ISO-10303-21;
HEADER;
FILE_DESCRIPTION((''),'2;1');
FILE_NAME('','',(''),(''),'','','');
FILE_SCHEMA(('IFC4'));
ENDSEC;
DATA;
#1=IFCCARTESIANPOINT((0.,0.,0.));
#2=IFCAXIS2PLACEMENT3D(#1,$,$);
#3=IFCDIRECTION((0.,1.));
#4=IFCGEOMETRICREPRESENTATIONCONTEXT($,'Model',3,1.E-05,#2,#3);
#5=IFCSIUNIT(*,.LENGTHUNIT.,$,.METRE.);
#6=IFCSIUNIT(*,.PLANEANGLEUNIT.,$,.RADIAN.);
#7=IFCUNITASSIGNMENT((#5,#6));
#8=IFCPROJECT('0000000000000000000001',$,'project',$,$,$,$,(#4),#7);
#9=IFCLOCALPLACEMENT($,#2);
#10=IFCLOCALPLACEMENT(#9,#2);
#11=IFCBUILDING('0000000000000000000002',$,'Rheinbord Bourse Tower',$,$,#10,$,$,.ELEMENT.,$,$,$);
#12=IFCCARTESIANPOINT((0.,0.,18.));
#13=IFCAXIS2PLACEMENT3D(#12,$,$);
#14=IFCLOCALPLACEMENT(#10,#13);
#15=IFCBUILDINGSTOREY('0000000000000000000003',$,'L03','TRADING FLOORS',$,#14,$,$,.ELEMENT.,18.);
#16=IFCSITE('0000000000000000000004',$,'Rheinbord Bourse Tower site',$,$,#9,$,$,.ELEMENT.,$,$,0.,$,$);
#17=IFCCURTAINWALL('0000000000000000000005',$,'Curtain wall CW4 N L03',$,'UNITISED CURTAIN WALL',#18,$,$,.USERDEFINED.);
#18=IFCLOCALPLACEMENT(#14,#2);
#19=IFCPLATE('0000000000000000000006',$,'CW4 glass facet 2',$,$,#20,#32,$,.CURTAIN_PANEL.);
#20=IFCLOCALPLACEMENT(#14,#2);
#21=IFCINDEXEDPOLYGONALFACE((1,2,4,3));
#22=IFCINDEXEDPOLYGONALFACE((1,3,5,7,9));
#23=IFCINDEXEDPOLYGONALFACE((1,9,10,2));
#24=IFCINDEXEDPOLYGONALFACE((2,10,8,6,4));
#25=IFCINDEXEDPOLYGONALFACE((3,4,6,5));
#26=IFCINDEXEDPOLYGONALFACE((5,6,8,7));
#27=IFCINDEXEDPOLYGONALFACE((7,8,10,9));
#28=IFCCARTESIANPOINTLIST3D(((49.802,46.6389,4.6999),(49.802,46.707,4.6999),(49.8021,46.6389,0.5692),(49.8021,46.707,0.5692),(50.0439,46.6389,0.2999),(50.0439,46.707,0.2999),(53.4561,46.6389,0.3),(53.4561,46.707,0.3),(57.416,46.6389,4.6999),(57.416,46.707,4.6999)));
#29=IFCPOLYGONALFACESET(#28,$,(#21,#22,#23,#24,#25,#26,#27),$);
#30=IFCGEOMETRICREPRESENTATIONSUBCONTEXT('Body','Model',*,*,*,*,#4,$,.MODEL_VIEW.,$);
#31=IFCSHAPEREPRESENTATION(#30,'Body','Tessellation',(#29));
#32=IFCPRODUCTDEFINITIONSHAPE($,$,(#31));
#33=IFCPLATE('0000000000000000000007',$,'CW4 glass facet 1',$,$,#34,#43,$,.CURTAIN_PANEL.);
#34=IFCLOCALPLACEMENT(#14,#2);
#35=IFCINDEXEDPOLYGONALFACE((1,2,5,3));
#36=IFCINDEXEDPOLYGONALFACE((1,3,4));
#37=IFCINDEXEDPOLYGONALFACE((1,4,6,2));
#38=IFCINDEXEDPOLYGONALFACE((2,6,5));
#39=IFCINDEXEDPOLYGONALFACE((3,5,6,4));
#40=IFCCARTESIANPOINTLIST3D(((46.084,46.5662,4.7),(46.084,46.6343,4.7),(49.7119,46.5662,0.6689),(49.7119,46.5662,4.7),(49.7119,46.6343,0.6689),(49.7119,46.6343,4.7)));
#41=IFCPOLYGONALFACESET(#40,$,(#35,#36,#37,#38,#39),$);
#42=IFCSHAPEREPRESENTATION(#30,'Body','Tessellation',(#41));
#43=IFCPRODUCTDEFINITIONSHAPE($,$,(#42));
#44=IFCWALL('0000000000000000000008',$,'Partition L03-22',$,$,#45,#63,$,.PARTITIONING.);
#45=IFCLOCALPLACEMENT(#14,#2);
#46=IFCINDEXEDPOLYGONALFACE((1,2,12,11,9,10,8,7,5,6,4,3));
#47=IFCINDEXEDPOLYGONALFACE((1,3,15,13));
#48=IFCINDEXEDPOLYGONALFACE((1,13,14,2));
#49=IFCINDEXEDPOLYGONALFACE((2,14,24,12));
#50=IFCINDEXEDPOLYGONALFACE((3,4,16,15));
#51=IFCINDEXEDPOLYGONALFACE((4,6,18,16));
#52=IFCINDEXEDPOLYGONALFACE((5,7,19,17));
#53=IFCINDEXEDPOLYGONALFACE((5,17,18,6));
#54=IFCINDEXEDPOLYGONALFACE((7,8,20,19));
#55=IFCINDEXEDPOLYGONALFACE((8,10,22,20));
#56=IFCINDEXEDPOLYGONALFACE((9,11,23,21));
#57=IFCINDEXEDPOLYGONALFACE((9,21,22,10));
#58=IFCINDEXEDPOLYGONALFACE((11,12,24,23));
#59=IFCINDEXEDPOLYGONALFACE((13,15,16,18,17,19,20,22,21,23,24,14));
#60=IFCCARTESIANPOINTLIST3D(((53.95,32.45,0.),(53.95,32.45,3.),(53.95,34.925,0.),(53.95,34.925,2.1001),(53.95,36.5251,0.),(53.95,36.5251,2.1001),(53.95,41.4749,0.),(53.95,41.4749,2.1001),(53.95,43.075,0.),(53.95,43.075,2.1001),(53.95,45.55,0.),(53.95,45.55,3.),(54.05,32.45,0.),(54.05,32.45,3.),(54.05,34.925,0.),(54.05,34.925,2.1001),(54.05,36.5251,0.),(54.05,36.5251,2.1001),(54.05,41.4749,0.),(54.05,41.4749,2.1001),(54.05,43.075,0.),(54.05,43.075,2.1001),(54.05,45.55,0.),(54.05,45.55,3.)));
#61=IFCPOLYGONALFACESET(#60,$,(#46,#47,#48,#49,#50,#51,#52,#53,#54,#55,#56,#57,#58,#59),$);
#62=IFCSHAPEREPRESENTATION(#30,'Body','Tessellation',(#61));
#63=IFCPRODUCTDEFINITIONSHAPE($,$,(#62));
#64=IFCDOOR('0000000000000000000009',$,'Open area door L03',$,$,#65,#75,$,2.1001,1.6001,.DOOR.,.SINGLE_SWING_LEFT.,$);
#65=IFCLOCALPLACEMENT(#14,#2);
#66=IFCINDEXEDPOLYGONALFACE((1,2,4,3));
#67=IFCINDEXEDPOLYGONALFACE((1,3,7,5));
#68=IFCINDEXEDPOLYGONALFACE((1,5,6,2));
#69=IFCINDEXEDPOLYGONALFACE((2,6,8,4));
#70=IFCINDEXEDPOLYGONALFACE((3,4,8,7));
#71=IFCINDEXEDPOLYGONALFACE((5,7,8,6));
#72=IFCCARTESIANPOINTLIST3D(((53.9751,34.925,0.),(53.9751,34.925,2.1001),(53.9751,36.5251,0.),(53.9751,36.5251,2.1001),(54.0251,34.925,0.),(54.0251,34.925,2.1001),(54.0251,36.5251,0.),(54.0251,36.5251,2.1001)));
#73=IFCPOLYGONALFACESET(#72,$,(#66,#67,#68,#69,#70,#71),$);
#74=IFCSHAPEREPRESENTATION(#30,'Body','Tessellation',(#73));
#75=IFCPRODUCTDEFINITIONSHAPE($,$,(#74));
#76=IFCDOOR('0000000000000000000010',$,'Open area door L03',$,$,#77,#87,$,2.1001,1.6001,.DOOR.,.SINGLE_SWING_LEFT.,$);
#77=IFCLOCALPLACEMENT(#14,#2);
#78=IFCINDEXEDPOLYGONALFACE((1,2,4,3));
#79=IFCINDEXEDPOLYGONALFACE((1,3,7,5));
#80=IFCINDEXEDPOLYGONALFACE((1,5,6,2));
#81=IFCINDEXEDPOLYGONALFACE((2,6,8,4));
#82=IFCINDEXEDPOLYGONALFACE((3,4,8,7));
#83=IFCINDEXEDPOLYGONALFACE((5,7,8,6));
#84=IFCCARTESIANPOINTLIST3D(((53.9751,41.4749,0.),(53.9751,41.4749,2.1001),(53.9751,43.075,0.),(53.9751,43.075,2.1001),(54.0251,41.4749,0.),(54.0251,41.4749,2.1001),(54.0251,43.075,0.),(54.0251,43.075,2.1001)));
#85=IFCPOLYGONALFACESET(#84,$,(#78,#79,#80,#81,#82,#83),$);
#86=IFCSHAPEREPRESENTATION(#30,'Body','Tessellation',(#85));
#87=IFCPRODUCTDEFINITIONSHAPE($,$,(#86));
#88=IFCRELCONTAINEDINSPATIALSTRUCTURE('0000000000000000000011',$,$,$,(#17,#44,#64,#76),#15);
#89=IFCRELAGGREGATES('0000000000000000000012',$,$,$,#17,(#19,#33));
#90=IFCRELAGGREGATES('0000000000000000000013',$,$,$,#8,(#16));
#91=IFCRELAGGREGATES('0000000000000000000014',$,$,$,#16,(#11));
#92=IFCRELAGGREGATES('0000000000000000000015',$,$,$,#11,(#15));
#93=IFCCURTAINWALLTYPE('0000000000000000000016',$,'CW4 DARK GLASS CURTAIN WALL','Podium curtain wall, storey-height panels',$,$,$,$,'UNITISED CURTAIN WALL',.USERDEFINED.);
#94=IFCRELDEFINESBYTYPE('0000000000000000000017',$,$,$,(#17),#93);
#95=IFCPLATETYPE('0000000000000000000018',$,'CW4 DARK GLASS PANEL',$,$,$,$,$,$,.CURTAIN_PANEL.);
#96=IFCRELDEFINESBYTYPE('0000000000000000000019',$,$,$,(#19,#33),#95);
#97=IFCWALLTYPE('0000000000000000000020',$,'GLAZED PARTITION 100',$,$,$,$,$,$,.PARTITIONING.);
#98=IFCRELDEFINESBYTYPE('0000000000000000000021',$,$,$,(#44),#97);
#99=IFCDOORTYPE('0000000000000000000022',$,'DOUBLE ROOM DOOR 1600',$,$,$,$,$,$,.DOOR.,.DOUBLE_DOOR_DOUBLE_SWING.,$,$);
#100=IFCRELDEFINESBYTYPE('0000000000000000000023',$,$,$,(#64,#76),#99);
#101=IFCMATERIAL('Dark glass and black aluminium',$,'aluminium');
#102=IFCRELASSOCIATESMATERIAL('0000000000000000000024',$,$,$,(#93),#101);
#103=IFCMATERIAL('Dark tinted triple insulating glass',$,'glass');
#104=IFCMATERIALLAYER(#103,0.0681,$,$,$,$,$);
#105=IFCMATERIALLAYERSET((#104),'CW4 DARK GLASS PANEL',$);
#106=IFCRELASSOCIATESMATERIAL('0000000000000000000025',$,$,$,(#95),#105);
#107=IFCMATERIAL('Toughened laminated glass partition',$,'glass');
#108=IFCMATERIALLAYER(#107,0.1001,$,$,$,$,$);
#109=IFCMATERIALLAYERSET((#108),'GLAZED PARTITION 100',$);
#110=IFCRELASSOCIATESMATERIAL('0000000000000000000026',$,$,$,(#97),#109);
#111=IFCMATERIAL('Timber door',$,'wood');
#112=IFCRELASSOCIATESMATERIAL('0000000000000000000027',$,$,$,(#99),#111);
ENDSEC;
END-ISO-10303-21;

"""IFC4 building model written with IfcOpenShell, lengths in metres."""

from ifc_helpers import new_model, si_unit, direction, frame, frame_2d, origin, place, context, subcontext, project, spatial, polyline, rectangle, outline, extrude, material, layer, layer_set, type_object, element, fill, aggregate, save


model = new_model("IFC4")

# Units and contexts
model_context = context("Model", 3, precision=1e-05, world=origin(), true_north=direction((0.0, 1.0)))
body_context = subcontext(model_context, "Body", "Model", "MODEL_VIEW")
ifc_project = project(units=[si_unit("LENGTHUNIT", "METRE"), si_unit("PLANEANGLEUNIT", "RADIAN")], contexts=[model_context])

# Site, building, storey
site_placement = place(None, origin())
site = spatial("IfcSite", under=ifc_project, at=site_placement, Name="Rheinbord Bourse Tower site", CompositionType="ELEMENT", RefElevation=0.0)
building_placement = place(site_placement, origin())
building = spatial("IfcBuilding", under=site, at=building_placement, Name="Rheinbord Bourse Tower", CompositionType="ELEMENT")
storey_placement = place(building_placement, frame((0.0, 0.0, 18.0)))
storey = spatial("IfcBuildingStorey", under=building, at=storey_placement, Name="L03", Description="TRADING FLOORS", CompositionType="ELEMENT", Elevation=18.0)

# Curtain wall
ifc_material_1 = material(Name="Dark glass and black aluminium", Category="aluminium")
curtain_wall_type = type_object("IfcCurtainWallType", Name="CW4 DARK GLASS CURTAIN WALL", Description="Podium curtain wall, storey-height panels", ElementType="UNITISED CURTAIN WALL", PredefinedType="USERDEFINED", material=ifc_material_1)
curtain_wall_placement = place(storey_placement, origin())
curtain_wall = element("IfcCurtainWall", 1, at=curtain_wall_placement, inside=storey, type_object=curtain_wall_type, Name="Curtain wall CW4 N L03", ObjectType="UNITISED CURTAIN WALL", PredefinedType="USERDEFINED")

# Plates
ifc_material_2 = material(Name="Dark tinted triple insulating glass", Category="glass")
ifc_layer_1 = layer(ifc_material_2, 0.0681)
ifc_layer_set_1 = layer_set([ifc_layer_1], Name="CW4 DARK GLASS PANEL")
plate_type = type_object("IfcPlateType", Name="CW4 DARK GLASS PANEL", PredefinedType="CURTAIN_PANEL", material=ifc_layer_set_1)
plate_1_placement = place(storey_placement, frame((53.4561, 46.707, 0.3), z_axis=(0.0, -1.0, 0.0), x_axis=(0.668969, 0.0, 0.74329)))
plate_1 = element("IfcPlate", 2, at=plate_1_placement, type_object=plate_type, Name="CW4 glass facet 2", PredefinedType="CURTAIN_PANEL", context=body_context, shape_type="SweptSolid", body=[
    extrude(outline(polyline([(0.0, 0.0), (5.9194, 0.0), (0.8259, 5.6594), (-2.2444, 2.896), (-2.2827, 2.5361), (0.0, 0.0)])), origin(), (0.0, 0.0, 1.0), 0.0681),
])
plate_2_placement = place(storey_placement, frame((49.7119, 46.6343, 4.7), z_axis=(0.0, -1.0, 0.0), x_axis=(-1.0, 0.0, 0.0)))
plate_2 = element("IfcPlate", 3, at=plate_2_placement, type_object=plate_type, Name="CW4 glass facet 1", PredefinedType="CURTAIN_PANEL", context=body_context, shape_type="SweptSolid", body=[
    extrude(outline(polyline([(0.0, 0.0), (3.6279, 0.0), (0.0, 4.031), (0.0, 0.0)])), origin(), (0.0, 0.0, 1.0), 0.0681),
])
aggregate(curtain_wall, [plate_1, plate_2])

# Wall, openings, doors
ifc_material_3 = material(Name="Toughened laminated glass partition", Category="glass")
ifc_layer_2 = layer(ifc_material_3, 0.1001)
ifc_layer_set_2 = layer_set([ifc_layer_2], Name="GLAZED PARTITION 100")
wall_type = type_object("IfcWallType", Name="GLAZED PARTITION 100", PredefinedType="PARTITIONING", material=ifc_layer_set_2)
wall_placement = place(storey_placement, frame((54.0, 32.45, 0.0), z_axis=(0.0, 0.0, 1.0), x_axis=(0.0, 1.0, 0.0)))
wall = element("IfcWall", 4, at=wall_placement, inside=storey, type_object=wall_type, Name="Partition L03-22", PredefinedType="PARTITIONING", context=body_context, shape_type="SweptSolid", body=[
    extrude(rectangle(XDim=13.1001, YDim=0.1001, at=frame_2d((6.55, 0.0))), origin(), (0.0, 0.0, 1.0), 3.0),
])
opening_1_placement = place(wall_placement, frame((2.4751, 0.0, 0.0)))
opening_1 = element("IfcOpeningElement", 5, at=opening_1_placement, cuts=wall, PredefinedType="OPENING", context=body_context, shape_type="SweptSolid", body=[
    extrude(rectangle(XDim=1.6001, YDim=2.1001, at=frame_2d((0.8, 1.05))), frame((0.0, 0.0601, 0.0), z_axis=(0.0, -1.0, 0.0), x_axis=(1.0, 0.0, 0.0)), (0.0, 0.0, 1.0), 0.1201),
])
opening_2_placement = place(wall_placement, frame((9.0249, 0.0, 0.0)))
opening_2 = element("IfcOpeningElement", 6, at=opening_2_placement, cuts=wall, PredefinedType="OPENING", context=body_context, shape_type="SweptSolid", body=[
    extrude(rectangle(XDim=1.6001, YDim=2.1001, at=frame_2d((0.8, 1.05))), frame((0.0, 0.0601, 0.0), z_axis=(0.0, -1.0, 0.0), x_axis=(1.0, 0.0, 0.0)), (0.0, 0.0, 1.0), 0.1201),
])
ifc_material_4 = material(Name="Timber door", Category="wood")
door_type = type_object("IfcDoorType", Name="DOUBLE ROOM DOOR 1600", OperationType="DOUBLE_DOOR_DOUBLE_SWING", PredefinedType="DOOR", material=ifc_material_4)
door_1_placement = place(opening_1_placement, origin())
door_1 = element("IfcDoor", 7, at=door_1_placement, inside=storey, type_object=door_type, Name="Open area door L03", OperationType="SINGLE_SWING_LEFT", OverallHeight=2.1001, OverallWidth=1.6001, PredefinedType="DOOR", context=body_context, shape_type="SweptSolid", body=[
    extrude(rectangle(XDim=1.6001, YDim=2.1001, at=frame_2d((0.8, 1.05))), frame((0.0, 0.0249, 0.0), z_axis=(0.0, -1.0, 0.0), x_axis=(1.0, 0.0, 0.0)), (0.0, 0.0, 1.0), 0.05),
])
fill(opening_1, door_1)
door_2_placement = place(opening_2_placement, origin())
door_2 = element("IfcDoor", 8, at=door_2_placement, inside=storey, type_object=door_type, Name="Open area door L03", OperationType="SINGLE_SWING_LEFT", OverallHeight=2.1001, OverallWidth=1.6001, PredefinedType="DOOR", context=body_context, shape_type="SweptSolid", body=[
    extrude(rectangle(XDim=1.6001, YDim=2.1001, at=frame_2d((0.8, 1.05))), frame((0.0, 0.0249, 0.0), z_axis=(0.0, -1.0, 0.0), x_axis=(1.0, 0.0, 0.0)), (0.0, 0.0, 1.0), 0.05),
])
fill(opening_2, door_2)

save(model, "model.ifc")
